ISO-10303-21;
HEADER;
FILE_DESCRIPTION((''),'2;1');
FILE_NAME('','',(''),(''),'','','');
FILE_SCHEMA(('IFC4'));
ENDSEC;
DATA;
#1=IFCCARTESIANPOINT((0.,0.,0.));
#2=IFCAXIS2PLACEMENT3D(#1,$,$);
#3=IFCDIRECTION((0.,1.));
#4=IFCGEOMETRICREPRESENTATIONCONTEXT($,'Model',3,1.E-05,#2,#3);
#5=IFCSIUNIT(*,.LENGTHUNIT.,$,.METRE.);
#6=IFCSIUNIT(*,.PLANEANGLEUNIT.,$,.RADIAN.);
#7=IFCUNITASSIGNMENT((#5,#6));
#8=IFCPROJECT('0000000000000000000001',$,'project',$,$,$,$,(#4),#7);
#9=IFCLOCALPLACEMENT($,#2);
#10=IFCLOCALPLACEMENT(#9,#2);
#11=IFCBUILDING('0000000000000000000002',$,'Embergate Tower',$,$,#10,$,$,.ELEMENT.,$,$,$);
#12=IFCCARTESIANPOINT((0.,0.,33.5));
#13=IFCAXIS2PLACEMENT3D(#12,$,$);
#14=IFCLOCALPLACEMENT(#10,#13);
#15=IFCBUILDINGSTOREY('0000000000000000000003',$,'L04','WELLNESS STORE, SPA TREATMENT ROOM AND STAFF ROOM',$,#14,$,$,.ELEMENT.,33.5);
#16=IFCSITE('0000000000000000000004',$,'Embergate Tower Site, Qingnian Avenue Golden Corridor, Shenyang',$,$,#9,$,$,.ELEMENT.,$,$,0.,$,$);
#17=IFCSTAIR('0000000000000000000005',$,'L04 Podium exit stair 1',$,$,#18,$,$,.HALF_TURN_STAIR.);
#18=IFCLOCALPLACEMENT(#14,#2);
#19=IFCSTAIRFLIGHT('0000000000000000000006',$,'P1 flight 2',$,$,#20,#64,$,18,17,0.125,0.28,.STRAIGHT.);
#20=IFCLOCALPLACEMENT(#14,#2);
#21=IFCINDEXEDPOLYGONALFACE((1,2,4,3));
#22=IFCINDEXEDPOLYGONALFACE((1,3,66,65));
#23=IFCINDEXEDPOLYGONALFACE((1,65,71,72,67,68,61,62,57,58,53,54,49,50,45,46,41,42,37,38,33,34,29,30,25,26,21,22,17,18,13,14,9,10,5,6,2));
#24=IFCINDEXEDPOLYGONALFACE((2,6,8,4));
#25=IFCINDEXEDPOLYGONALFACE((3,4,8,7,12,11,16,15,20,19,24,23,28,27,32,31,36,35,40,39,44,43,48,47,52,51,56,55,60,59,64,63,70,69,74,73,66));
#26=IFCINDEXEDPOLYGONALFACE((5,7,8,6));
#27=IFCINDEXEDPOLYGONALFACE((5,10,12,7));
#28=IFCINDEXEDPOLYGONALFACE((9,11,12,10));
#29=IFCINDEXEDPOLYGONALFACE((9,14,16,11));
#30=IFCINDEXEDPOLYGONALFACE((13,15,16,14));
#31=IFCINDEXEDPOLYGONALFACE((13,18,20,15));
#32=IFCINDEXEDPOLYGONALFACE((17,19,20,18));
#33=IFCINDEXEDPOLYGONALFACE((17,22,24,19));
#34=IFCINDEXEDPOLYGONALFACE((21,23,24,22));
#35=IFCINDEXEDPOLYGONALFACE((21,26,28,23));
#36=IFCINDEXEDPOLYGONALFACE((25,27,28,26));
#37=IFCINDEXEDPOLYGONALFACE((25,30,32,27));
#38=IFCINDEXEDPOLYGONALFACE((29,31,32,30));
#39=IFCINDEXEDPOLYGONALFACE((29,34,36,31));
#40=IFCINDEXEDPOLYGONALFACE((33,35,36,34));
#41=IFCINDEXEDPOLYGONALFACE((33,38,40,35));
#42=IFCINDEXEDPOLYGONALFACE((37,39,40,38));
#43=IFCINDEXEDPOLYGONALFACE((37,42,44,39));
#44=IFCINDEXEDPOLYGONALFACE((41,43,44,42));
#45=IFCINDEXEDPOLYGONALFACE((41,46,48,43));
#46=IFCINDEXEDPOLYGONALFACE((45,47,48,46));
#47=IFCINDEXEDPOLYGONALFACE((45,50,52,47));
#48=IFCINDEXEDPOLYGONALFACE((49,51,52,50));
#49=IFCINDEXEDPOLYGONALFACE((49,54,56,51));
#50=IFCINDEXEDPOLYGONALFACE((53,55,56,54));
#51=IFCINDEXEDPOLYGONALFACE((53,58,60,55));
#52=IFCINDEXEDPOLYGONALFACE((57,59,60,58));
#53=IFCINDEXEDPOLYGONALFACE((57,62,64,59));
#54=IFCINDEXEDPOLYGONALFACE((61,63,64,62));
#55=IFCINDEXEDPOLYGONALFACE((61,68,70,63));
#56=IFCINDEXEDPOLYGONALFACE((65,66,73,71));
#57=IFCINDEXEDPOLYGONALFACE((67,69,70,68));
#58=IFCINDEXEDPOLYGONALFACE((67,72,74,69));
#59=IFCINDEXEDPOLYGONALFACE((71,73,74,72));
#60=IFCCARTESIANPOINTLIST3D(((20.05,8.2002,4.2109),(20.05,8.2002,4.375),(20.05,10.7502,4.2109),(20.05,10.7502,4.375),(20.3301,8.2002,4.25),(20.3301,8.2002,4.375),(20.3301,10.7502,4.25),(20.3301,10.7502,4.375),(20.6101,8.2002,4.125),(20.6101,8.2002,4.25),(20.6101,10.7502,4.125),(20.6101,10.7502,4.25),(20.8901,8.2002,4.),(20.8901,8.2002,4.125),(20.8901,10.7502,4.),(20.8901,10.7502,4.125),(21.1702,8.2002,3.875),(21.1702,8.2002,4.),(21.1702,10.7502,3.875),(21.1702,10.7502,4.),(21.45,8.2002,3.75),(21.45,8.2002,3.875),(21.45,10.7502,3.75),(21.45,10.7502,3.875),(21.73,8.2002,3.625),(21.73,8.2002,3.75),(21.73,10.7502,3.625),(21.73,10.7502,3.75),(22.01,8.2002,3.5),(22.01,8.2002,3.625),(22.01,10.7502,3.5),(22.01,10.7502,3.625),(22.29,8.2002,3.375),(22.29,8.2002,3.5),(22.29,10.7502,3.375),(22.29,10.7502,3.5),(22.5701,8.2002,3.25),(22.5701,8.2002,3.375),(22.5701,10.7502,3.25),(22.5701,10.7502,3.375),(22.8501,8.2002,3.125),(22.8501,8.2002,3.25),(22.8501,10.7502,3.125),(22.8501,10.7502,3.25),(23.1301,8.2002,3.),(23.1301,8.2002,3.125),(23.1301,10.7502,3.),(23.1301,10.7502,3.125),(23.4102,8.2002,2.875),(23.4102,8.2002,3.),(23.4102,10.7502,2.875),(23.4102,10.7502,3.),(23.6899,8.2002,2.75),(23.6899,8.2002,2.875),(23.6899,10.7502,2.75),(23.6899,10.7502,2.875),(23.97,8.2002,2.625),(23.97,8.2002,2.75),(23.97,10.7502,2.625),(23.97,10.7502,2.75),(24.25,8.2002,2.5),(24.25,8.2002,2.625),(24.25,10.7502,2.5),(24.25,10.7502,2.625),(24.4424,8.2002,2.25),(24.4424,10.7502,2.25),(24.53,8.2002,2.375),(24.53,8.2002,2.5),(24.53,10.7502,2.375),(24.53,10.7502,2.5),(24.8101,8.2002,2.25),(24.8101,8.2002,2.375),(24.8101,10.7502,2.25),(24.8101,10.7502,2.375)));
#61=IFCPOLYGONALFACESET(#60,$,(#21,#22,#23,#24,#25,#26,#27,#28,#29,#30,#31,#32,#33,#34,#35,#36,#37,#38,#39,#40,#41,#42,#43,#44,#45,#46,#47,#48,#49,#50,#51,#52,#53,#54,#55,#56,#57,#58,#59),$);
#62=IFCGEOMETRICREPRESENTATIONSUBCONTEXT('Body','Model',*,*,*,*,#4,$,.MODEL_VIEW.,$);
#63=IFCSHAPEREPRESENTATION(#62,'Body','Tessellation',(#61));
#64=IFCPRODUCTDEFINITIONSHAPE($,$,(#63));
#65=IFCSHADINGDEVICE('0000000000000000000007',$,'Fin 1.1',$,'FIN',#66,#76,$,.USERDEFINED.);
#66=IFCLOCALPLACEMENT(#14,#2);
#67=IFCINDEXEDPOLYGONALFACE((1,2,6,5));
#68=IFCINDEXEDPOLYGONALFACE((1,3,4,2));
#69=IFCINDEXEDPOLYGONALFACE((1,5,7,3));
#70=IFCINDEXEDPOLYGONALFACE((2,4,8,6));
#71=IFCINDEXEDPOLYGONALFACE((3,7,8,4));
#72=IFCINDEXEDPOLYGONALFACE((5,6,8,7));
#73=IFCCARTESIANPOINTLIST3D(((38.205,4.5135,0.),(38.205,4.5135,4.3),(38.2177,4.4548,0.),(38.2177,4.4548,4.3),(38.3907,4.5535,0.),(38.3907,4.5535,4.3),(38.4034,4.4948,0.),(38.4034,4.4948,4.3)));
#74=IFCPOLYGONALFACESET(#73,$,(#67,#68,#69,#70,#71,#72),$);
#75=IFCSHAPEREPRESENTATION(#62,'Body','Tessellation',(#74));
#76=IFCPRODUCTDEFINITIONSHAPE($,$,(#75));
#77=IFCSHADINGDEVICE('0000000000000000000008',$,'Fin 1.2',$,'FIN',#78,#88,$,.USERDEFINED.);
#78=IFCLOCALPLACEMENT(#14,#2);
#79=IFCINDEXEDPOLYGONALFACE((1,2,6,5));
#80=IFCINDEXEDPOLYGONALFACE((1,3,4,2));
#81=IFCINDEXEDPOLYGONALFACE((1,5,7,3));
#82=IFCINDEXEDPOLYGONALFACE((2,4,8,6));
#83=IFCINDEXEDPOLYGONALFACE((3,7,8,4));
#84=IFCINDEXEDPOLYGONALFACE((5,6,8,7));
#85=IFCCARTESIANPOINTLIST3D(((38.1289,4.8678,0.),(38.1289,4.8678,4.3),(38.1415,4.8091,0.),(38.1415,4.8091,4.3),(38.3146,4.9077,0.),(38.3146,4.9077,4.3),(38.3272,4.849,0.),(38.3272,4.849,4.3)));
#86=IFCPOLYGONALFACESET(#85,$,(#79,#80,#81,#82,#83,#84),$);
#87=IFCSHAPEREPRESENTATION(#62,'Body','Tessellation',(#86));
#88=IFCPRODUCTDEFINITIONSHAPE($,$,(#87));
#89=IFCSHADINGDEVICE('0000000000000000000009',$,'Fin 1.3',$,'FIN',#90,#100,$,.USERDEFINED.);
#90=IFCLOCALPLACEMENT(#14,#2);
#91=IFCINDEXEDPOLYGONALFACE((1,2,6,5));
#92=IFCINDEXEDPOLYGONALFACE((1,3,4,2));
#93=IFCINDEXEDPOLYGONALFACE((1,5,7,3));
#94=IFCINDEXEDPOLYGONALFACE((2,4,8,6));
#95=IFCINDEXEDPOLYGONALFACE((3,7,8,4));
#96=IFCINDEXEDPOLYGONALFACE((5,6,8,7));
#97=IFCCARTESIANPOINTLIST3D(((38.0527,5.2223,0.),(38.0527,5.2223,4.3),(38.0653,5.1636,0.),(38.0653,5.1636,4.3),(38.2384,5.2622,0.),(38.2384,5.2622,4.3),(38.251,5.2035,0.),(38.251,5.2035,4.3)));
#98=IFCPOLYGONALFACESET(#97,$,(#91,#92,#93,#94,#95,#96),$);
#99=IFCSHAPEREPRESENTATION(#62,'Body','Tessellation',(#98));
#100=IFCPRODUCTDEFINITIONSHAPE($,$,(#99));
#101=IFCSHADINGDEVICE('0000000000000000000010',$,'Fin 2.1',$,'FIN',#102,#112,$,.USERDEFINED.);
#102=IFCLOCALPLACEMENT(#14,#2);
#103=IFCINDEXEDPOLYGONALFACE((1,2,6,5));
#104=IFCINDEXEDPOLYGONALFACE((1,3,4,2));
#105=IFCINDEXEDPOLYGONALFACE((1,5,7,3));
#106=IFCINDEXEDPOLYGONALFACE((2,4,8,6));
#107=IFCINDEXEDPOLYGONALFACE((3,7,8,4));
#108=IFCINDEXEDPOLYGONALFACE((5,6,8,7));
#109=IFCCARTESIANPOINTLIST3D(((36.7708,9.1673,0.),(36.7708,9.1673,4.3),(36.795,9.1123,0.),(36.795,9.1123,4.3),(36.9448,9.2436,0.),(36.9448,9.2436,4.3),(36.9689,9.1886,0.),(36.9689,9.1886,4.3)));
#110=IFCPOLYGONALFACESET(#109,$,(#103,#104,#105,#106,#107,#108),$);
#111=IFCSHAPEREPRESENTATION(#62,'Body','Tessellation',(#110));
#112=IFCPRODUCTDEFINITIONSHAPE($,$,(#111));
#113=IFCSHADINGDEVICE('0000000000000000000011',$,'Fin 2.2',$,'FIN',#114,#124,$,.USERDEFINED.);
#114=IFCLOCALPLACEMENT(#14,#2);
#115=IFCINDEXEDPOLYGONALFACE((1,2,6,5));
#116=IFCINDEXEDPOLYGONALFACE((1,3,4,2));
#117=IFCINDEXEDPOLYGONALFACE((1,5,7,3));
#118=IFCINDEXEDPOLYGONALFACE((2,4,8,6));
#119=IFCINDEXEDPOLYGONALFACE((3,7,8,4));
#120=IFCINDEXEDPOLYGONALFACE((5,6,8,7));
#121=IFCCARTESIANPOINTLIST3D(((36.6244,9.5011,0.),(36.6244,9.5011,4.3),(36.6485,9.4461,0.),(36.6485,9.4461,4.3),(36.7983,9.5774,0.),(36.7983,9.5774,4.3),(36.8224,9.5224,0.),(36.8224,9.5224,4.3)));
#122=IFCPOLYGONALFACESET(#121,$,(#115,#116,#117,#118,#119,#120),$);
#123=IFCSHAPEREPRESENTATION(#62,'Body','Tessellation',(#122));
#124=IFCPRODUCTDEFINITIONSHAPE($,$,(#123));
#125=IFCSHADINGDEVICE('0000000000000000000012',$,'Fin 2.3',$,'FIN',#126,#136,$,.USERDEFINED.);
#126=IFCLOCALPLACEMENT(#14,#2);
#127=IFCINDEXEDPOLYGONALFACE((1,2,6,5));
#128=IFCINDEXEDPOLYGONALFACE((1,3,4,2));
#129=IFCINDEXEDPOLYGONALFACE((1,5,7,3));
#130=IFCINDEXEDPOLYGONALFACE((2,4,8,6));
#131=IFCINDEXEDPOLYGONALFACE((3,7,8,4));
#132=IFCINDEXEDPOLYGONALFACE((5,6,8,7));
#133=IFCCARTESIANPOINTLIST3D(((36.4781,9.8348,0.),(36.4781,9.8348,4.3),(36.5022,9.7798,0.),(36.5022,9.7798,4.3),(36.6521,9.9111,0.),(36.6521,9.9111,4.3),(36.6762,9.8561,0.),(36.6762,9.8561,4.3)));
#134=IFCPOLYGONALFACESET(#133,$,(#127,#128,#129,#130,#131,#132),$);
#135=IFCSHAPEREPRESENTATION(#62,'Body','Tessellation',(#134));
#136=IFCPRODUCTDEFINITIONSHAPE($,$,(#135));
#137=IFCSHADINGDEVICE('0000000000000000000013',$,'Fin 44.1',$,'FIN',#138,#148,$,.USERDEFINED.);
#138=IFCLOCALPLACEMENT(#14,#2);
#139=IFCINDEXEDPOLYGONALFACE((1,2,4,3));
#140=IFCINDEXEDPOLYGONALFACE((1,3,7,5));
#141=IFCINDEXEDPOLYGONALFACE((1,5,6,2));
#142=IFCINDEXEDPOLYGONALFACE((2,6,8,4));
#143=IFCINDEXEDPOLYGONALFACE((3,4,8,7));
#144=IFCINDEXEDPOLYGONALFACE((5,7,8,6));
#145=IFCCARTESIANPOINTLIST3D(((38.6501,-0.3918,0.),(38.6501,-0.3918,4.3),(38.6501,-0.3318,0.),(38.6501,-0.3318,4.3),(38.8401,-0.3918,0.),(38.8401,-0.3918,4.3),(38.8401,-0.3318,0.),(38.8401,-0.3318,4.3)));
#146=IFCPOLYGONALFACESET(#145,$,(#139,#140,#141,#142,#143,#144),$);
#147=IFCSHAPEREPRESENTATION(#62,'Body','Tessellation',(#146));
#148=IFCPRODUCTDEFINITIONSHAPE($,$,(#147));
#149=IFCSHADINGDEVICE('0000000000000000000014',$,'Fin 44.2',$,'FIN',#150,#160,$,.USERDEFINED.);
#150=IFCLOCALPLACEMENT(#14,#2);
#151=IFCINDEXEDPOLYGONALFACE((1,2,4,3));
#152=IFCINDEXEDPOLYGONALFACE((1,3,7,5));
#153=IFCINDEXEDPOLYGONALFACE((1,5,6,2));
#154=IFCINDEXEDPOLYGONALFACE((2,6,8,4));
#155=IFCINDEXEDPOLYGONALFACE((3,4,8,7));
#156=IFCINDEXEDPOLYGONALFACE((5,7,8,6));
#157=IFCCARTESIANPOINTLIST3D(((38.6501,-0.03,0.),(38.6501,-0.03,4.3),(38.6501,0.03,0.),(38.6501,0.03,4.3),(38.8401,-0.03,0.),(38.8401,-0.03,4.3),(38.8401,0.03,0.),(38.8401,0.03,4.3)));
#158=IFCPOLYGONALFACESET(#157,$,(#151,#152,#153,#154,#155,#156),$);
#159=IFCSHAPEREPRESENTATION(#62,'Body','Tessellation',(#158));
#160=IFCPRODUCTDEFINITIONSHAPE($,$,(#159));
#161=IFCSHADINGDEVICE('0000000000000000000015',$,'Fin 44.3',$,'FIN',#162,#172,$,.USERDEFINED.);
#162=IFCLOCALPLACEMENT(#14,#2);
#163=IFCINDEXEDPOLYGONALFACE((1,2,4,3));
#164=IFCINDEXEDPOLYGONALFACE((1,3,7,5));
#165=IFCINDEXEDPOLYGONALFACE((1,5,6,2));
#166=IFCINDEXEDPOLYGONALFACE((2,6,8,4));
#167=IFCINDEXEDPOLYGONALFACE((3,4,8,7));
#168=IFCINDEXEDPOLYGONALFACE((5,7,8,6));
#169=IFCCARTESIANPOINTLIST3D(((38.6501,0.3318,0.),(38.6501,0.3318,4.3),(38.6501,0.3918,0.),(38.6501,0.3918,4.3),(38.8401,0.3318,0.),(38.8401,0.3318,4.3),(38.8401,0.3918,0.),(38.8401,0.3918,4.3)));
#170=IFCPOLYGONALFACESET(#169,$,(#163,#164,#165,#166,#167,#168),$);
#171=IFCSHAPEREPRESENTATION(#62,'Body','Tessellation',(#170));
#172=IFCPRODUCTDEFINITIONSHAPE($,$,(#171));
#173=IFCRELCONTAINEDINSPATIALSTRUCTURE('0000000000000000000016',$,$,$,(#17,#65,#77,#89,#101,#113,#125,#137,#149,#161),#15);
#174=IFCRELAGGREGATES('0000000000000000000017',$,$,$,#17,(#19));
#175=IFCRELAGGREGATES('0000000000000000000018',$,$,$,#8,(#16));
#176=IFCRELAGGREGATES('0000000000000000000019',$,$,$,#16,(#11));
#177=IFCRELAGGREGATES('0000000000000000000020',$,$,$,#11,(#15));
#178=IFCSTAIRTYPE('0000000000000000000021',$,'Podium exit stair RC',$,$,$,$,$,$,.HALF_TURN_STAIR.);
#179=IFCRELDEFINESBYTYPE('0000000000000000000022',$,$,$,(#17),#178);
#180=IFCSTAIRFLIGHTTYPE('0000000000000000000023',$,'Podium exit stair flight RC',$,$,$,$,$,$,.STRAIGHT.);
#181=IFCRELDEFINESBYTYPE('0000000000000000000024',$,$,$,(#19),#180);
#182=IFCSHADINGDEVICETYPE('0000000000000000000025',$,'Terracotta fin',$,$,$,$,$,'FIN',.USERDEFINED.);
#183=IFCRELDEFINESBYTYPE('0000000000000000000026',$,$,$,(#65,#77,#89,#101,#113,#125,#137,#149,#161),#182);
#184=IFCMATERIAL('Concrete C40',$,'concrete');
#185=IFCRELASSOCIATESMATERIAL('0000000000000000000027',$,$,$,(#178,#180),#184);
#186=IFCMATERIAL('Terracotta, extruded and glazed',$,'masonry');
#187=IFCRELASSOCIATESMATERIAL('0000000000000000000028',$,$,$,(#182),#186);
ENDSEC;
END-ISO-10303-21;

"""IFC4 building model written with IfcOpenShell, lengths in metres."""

from ifc_helpers import new_model, si_unit, direction, frame, origin, origin_2d, place, context, subcontext, project, spatial, polyline, rectangle, outline, extrude, source, transform, mapped, material, material_profile, profile_set, type_object, element, aggregate, save


model = new_model("IFC4")

# Units and contexts
model_context = context("Model", 3, precision=1e-05, world=origin(), true_north=direction((0.0, 1.0)))
body_context = subcontext(model_context, "Body", "Model", "MODEL_VIEW")
ifc_project = project(units=[si_unit("LENGTHUNIT", "METRE"), si_unit("PLANEANGLEUNIT", "RADIAN")], contexts=[model_context])

# Site, building, storey
site_placement = place(None, origin())
site = spatial("IfcSite", under=ifc_project, at=site_placement, Name="Embergate Tower Site, Qingnian Avenue Golden Corridor, Shenyang", CompositionType="ELEMENT", RefElevation=0.0)
building_placement = place(site_placement, origin())
building = spatial("IfcBuilding", under=site, at=building_placement, Name="Embergate Tower", CompositionType="ELEMENT")
storey_placement = place(building_placement, frame((0.0, 0.0, 33.5)))
storey = spatial("IfcBuildingStorey", under=building, at=storey_placement, Name="L04", Description="WELLNESS STORE, SPA TREATMENT ROOM AND STAFF ROOM", CompositionType="ELEMENT", Elevation=33.5)

# Stair
ifc_material_1 = material(Name="Concrete C40", Category="concrete")
stair_type = type_object("IfcStairType", Name="Podium exit stair RC", PredefinedType="HALF_TURN_STAIR", material=ifc_material_1)
stair_placement = place(storey_placement, origin())
stair = element("IfcStair", 1, at=stair_placement, inside=storey, type_object=stair_type, Name="L04 Podium exit stair 1", PredefinedType="HALF_TURN_STAIR")

# Stair flight
stair_flight_type = type_object("IfcStairFlightType", Name="Podium exit stair flight RC", PredefinedType="STRAIGHT", material=ifc_material_1)
shared_shape_1 = source(origin(), body_context, "Body", "SweptSolid", [
    extrude(outline(polyline([(0.0, 0.0), (0.0, 0.125), (0.28, 0.125), (0.28, 0.25), (0.5601, 0.25), (0.5601, 0.375), (0.8401, 0.375), (0.8401, 0.5), (1.1201, 0.5), (1.1201, 0.625), (1.3999, 0.625), (1.3999, 0.75), (1.6799, 0.75), (1.6799, 0.875), (1.96, 0.875), (1.96, 1.0), (2.24, 1.0), (2.24, 1.125), (2.52, 1.125), (2.52, 1.25), (2.8, 1.25), (2.8, 1.375), (3.0801, 1.375), (3.0801, 1.5), (3.3601, 1.5), (3.3601, 1.625), (3.6399, 1.625), (3.6399, 1.75), (3.9199, 1.75), (3.9199, 1.875), (4.2, 1.875), (4.2, 2.0), (4.48, 2.0), (4.48, 2.125), (4.76, 2.125), (4.76, 2.25), (4.76, 1.9609), (0.3677, 0.0), (0.0, 0.0)])), frame((0.0, 1.2749, 0.0), z_axis=(0.0, -1.0, 0.0), x_axis=(1.0, 0.0, 0.0)), (0.0, 0.0, 1.0), 2.55),
])
stair_flight_1_placement = place(storey_placement, frame((24.8101, 9.4751, 2.25), z_axis=(0.0, 0.0, 1.0), x_axis=(-1.0, 0.0, 0.0)))
stair_flight_1 = element("IfcStairFlight", 2, at=stair_flight_1_placement, type_object=stair_flight_type, Name="P1 flight 2", NumberOfRisers=18, NumberOfTreads=17, PredefinedType="STRAIGHT", RiserHeight=0.125, TreadLength=0.28, context=body_context, shape_type="MappedRepresentation", body=[
    mapped(shared_shape_1, transform((0.0, 0.0, 0.0))),
])
aggregate(stair, [stair_flight_1])

# Shading devices
ifc_material_2 = material(Name="Terracotta, extruded and glazed", Category="masonry")
ifc_material_profile_1 = material_profile(ifc_material_2, rectangle(XDim=0.1899, YDim=0.0601, at=origin_2d()), Name="TC 190x60")
ifc_profile_set_1 = profile_set([ifc_material_profile_1], Name="Terracotta, extruded and glazed")
shading_device_type = type_object("IfcShadingDeviceType", Name="Terracotta fin", ElementType="FIN", PredefinedType="USERDEFINED", material=ifc_profile_set_1)
shared_shape_2 = source(origin(), body_context, "Body", "SweptSolid", [
    extrude(rectangle(XDim=0.1899, YDim=0.0601, at=origin_2d()), origin(), (0.0, 0.0, 1.0), 4.3),
])
for number, where, z_axis, x_axis, name in (
    (3, (38.3042, 4.5042, 0.0), (0.0, 0.0, 1.0), (-0.977615, -0.2104, 0.0), "Fin 1.1"),
    (4, (38.228, 4.8584, 0.0), (0.0, 0.0, 1.0), (-0.977615, -0.2104, 0.0), "Fin 1.2"),
    (5, (38.1519, 5.2129, 0.0), (0.0, 0.0, 1.0), (-0.977615, -0.2104, 0.0), "Fin 1.3"),
    (6, (36.8699, 9.178, 0.0), (0.0, 0.0, 1.0), (-0.915791, -0.401655, 0.0), "Fin 2.1"),
    (7, (36.7234, 9.5117, 0.0), (0.0, 0.0, 1.0), (-0.915791, -0.401655, 0.0), "Fin 2.2"),
    (8, (36.5771, 9.8455, 0.0), (0.0, 0.0, 1.0), (-0.915791, -0.401655, 0.0), "Fin 2.3"),
    (9, (38.7451, -0.3618, 0.0), (0.0, 0.0, 1.0), (-1.0, 0.0, 0.0), "Fin 44.1"),
    (10, (38.7451, 0.0, 0.0), (0.0, 0.0, 1.0), (-1.0, 0.0, 0.0), "Fin 44.2"),
    (11, (38.7451, 0.3618, 0.0), (0.0, 0.0, 1.0), (-1.0, 0.0, 0.0), "Fin 44.3"),
):
    element("IfcShadingDevice", number, at=place(storey_placement, frame(where, z_axis=z_axis, x_axis=x_axis)), inside=storey, type_object=shading_device_type, Name=name, ObjectType="FIN", PredefinedType="USERDEFINED", context=body_context, shape_type="MappedRepresentation", body=[
        mapped(shared_shape_2, transform((0.0, 0.0, 0.0))),
    ])

save(model, "model.ifc")
